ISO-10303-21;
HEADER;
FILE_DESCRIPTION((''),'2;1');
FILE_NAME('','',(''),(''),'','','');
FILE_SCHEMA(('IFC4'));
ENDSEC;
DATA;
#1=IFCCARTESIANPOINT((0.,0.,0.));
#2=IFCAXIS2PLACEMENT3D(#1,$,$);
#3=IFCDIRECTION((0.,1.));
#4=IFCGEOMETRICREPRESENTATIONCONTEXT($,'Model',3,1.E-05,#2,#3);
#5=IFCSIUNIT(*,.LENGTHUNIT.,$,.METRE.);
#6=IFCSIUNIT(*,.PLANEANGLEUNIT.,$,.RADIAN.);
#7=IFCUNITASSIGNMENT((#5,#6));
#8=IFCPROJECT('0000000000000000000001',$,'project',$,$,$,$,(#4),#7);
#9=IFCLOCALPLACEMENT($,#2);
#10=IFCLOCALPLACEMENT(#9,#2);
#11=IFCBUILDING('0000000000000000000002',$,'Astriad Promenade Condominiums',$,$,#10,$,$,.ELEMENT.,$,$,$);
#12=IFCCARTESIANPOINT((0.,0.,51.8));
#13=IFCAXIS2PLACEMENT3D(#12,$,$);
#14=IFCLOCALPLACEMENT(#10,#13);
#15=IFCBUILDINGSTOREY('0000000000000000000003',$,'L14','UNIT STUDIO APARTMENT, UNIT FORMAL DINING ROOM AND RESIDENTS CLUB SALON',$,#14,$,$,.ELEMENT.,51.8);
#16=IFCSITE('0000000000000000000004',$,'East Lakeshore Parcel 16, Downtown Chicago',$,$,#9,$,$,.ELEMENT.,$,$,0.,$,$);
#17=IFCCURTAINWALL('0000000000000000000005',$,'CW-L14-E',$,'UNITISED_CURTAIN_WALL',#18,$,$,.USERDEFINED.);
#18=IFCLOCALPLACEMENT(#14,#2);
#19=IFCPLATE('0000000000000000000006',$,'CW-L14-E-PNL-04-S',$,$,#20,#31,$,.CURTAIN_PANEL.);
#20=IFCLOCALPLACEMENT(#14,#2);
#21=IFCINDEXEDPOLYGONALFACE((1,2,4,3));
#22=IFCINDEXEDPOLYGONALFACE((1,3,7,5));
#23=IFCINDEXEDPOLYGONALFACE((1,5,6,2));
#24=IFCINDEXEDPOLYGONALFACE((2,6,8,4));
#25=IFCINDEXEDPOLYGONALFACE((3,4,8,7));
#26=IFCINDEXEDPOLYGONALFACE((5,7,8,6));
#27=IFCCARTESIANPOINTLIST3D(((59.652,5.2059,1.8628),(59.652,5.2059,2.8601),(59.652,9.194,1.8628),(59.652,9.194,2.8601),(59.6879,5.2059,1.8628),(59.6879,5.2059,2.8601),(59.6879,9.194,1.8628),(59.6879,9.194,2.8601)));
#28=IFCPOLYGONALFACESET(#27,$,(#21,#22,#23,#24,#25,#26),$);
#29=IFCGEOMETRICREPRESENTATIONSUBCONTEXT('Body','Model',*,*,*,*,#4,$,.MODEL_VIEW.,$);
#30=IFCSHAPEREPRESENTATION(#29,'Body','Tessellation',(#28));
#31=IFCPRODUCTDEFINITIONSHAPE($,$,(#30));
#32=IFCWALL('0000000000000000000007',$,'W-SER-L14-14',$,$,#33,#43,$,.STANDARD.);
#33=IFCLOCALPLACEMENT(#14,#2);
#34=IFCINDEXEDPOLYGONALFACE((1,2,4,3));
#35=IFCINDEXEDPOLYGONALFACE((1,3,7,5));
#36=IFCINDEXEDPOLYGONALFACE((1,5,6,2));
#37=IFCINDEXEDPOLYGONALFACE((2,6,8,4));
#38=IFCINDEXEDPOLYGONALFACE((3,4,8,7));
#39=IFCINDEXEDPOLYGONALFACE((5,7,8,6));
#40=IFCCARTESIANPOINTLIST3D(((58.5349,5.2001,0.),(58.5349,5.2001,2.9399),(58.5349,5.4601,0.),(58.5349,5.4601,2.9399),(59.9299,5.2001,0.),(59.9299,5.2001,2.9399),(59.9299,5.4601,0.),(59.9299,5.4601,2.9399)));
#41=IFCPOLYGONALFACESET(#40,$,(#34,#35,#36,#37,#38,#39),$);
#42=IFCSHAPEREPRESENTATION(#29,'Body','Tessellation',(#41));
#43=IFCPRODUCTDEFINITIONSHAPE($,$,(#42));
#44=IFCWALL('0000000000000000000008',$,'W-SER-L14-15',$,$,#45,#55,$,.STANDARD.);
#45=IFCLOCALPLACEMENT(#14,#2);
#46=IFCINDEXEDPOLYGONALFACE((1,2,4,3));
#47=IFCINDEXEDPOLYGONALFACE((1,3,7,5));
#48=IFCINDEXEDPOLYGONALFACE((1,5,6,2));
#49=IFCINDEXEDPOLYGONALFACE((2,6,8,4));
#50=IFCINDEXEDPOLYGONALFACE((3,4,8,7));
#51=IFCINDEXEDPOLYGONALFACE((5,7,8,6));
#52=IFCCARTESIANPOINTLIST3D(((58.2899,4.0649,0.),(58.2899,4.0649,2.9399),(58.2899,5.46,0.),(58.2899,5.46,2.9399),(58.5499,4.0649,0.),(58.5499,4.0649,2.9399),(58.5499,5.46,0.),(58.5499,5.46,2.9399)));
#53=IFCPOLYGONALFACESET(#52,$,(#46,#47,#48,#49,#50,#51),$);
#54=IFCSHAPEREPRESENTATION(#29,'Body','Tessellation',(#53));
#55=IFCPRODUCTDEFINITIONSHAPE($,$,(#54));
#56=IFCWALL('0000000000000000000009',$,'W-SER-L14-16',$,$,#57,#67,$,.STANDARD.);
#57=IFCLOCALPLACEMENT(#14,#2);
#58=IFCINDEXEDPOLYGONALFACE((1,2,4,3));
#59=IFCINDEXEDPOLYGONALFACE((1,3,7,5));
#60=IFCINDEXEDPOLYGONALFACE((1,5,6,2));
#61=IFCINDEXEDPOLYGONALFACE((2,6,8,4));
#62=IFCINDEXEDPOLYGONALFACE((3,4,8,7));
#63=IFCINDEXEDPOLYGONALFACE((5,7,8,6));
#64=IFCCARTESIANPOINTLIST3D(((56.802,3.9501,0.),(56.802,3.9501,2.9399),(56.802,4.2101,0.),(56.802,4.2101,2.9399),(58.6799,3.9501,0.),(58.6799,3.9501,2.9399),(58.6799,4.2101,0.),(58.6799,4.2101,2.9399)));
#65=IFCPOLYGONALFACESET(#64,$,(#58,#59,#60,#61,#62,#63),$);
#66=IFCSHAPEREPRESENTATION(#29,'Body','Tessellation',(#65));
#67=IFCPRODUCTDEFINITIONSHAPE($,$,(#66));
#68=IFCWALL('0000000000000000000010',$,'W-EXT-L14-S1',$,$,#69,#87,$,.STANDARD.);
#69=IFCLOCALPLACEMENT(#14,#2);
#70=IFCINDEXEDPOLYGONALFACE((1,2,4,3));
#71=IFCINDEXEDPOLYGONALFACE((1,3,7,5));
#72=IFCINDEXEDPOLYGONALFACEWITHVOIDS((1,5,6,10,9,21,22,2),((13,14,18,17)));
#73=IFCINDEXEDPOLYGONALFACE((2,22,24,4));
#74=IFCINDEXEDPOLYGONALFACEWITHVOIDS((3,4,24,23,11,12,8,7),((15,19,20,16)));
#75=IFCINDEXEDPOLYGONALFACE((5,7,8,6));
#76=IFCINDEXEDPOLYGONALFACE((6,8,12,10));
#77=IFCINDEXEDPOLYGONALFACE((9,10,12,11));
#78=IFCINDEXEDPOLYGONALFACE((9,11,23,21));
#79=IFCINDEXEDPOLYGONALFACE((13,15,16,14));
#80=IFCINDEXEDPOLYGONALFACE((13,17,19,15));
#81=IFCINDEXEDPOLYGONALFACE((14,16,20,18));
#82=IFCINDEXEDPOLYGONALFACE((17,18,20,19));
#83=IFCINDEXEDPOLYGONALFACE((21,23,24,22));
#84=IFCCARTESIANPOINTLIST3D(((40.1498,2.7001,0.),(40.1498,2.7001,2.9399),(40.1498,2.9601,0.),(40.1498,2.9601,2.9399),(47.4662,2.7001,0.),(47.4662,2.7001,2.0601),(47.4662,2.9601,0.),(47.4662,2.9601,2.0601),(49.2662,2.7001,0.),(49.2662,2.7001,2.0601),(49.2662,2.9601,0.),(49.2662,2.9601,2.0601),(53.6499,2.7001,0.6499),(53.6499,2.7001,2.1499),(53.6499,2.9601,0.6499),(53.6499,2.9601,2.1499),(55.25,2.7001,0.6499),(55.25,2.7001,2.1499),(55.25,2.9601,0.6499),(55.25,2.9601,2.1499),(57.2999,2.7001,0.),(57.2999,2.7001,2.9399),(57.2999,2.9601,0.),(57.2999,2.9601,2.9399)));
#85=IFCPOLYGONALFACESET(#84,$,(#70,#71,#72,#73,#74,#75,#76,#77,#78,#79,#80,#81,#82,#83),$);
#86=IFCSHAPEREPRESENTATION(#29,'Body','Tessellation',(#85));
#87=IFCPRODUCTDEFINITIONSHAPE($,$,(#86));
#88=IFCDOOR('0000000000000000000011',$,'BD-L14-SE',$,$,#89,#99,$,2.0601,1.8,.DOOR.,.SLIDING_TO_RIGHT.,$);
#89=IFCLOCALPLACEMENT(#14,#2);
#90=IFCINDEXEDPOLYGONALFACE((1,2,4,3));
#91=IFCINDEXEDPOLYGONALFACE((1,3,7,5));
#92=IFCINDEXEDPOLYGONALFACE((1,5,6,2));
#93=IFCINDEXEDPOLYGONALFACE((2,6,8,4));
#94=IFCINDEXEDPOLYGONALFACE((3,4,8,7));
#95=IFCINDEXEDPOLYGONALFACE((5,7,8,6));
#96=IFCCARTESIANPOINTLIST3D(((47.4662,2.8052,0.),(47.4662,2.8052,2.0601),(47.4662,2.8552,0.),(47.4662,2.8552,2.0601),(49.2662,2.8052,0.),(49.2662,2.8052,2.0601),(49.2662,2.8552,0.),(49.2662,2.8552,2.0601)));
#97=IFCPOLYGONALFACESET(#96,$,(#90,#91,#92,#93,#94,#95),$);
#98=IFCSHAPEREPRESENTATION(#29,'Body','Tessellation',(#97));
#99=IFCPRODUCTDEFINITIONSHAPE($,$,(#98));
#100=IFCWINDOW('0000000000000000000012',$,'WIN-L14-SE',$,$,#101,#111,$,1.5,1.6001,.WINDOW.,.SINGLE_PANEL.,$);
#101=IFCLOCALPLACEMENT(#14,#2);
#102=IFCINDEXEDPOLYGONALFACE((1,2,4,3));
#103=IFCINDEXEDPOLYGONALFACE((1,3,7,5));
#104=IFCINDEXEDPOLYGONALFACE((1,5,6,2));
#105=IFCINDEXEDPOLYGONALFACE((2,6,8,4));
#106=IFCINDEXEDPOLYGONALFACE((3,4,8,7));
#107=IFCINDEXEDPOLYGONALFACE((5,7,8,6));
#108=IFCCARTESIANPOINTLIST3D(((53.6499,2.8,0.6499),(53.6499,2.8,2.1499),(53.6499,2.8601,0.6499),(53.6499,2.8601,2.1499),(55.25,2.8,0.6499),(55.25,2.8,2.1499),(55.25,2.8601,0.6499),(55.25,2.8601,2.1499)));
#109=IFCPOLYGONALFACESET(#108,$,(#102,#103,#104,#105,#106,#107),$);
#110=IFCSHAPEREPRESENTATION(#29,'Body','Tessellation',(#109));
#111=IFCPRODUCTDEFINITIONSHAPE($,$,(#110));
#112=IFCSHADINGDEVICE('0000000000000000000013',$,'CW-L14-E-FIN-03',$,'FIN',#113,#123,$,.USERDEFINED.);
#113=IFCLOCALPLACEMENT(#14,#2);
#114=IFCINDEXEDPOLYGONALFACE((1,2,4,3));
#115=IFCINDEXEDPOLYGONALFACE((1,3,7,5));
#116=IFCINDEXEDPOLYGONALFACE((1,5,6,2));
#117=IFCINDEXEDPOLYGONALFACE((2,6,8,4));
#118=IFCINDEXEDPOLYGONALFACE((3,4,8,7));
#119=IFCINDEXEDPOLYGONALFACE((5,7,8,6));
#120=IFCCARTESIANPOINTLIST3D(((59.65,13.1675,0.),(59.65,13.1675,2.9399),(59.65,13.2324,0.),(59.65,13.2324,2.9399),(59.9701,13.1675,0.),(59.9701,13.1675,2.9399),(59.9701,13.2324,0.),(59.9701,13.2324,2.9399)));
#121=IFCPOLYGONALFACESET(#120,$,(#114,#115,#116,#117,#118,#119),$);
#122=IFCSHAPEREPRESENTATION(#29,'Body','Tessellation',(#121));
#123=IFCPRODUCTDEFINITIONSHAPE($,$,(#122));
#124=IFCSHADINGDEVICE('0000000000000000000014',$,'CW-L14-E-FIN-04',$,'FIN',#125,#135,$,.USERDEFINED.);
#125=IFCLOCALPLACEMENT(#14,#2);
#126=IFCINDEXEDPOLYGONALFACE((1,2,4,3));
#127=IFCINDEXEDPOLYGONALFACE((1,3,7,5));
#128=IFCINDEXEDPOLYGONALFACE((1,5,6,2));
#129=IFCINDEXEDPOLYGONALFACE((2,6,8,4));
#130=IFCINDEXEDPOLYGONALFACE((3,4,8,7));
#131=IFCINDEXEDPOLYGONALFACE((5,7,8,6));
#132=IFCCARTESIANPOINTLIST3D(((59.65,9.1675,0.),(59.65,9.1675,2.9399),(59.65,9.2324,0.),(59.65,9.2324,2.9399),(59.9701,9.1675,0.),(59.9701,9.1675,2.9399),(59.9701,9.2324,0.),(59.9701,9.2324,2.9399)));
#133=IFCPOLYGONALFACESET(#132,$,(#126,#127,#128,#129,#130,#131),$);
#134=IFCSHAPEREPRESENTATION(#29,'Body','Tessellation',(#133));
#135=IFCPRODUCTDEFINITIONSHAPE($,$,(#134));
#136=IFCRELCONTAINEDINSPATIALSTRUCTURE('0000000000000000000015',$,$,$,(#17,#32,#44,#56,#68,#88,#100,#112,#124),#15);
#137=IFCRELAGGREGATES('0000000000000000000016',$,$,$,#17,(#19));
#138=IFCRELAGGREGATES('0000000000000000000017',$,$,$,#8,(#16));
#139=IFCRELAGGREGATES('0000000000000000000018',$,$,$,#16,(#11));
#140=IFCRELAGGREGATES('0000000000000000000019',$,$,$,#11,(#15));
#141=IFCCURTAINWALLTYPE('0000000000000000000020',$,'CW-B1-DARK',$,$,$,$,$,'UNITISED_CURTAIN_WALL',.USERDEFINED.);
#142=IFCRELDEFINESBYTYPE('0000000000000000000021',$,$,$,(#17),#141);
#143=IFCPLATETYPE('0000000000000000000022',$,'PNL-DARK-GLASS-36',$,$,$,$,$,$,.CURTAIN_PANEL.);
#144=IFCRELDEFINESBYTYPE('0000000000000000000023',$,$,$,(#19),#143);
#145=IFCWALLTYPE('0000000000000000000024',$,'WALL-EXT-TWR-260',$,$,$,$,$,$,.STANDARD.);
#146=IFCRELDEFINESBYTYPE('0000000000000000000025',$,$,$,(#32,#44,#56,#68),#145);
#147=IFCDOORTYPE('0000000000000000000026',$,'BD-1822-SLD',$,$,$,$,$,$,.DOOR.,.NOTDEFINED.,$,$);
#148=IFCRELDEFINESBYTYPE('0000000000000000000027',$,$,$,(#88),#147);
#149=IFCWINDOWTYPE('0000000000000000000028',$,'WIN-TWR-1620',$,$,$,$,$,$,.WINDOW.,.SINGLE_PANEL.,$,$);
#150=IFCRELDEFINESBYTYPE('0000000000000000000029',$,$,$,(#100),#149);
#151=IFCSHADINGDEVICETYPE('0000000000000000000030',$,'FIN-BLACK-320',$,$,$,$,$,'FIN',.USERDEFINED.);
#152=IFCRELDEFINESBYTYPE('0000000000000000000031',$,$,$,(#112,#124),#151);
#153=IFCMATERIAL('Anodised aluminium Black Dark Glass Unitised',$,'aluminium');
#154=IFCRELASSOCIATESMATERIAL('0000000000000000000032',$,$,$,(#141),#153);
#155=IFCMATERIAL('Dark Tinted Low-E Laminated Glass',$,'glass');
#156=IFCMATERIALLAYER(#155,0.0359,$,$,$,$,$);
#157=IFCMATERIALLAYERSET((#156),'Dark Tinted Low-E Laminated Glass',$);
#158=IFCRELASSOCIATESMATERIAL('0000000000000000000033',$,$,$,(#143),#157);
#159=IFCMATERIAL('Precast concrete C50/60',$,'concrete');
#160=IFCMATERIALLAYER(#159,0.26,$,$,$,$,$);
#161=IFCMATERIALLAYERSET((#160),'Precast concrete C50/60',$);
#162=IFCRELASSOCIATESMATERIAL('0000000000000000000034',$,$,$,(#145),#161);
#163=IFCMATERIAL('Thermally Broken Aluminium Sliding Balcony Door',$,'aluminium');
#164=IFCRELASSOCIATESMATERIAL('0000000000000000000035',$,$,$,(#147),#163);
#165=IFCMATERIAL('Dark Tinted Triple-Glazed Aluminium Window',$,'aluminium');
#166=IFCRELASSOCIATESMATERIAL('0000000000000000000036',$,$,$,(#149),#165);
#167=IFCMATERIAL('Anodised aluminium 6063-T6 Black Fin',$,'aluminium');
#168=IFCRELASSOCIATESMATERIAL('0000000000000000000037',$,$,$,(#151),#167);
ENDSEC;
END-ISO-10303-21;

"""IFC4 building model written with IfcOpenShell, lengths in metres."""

from ifc_helpers import new_model, si_unit, direction, frame, frame_2d, origin, origin_2d, place, context, subcontext, project, spatial, rectangle, extrude, source, transform, mapped, material, layer, layer_set, type_object, type_shapes, element, fill, aggregate, save


model = new_model("IFC4")

# Units and contexts
model_context = context("Model", 3, precision=1e-05, world=origin(), true_north=direction((0.0, 1.0)))
body_context = subcontext(model_context, "Body", "Model", "MODEL_VIEW")
ifc_project = project(units=[si_unit("LENGTHUNIT", "METRE"), si_unit("PLANEANGLEUNIT", "RADIAN")], contexts=[model_context])

# Site, building, storey
site_placement = place(None, origin())
site = spatial("IfcSite", under=ifc_project, at=site_placement, Name="East Lakeshore Parcel 16, Downtown Chicago", CompositionType="ELEMENT", RefElevation=0.0)
building_placement = place(site_placement, origin())
building = spatial("IfcBuilding", under=site, at=building_placement, Name="Astriad Promenade Condominiums", CompositionType="ELEMENT")
storey_placement = place(building_placement, frame((0.0, 0.0, 51.8)))
storey = spatial("IfcBuildingStorey", under=building, at=storey_placement, Name="L14", Description="UNIT STUDIO APARTMENT, UNIT FORMAL DINING ROOM AND RESIDENTS CLUB SALON", CompositionType="ELEMENT", Elevation=51.8)

# Curtain wall, plate
ifc_material_1 = material(Name="Anodised aluminium Black Dark Glass Unitised", Category="aluminium")
curtain_wall_type = type_object("IfcCurtainWallType", Name="CW-B1-DARK", ElementType="UNITISED_CURTAIN_WALL", PredefinedType="USERDEFINED", material=ifc_material_1)
curtain_wall_placement = place(storey_placement, origin())
curtain_wall = element("IfcCurtainWall", 1, at=curtain_wall_placement, inside=storey, type_object=curtain_wall_type, Name="CW-L14-E", ObjectType="UNITISED_CURTAIN_WALL", PredefinedType="USERDEFINED")
ifc_material_2 = material(Name="Dark Tinted Low-E Laminated Glass", Category="glass")
ifc_layer_1 = layer(ifc_material_2, 0.0359)
ifc_layer_set_1 = layer_set([ifc_layer_1], Name="Dark Tinted Low-E Laminated Glass")
plate_type = type_object("IfcPlateType", Name="PNL-DARK-GLASS-36", PredefinedType="CURTAIN_PANEL", material=ifc_layer_set_1)
shared_shape_1 = source(origin(), body_context, "Body", "SweptSolid", [
    extrude(rectangle(XDim=3.988, YDim=0.0359, at=origin_2d()), origin(), (0.0, 0.0, 1.0), 0.9973),
])
plate_1_placement = place(storey_placement, frame((59.6699, 7.2, 1.8628), z_axis=(0.0, 0.0, 1.0), x_axis=(0.0, -1.0, 0.0)))
plate_1 = element("IfcPlate", 2, at=plate_1_placement, type_object=plate_type, Name="CW-L14-E-PNL-04-S", PredefinedType="CURTAIN_PANEL", context=body_context, shape_type="MappedRepresentation", body=[
    mapped(shared_shape_1, transform((0.0, 0.0, 0.0), scale=1.0)),
])
aggregate(curtain_wall, [plate_1])

# Walls
ifc_material_3 = material(Name="Precast concrete C50/60", Category="concrete")
ifc_layer_2 = layer(ifc_material_3, 0.26)
ifc_layer_set_2 = layer_set([ifc_layer_2], Name="Precast concrete C50/60")
wall_type = type_object("IfcWallType", Name="WALL-EXT-TWR-260", PredefinedType="STANDARD", material=ifc_layer_set_2)
for number, where, z_axis, x_axis, name in (
    (3, (59.9299, 5.3301, 0.0), (0.0, 0.0, 1.0), (-1.0, 0.0, 0.0), "W-SER-L14-14"),
    (4, (58.4199, 5.46, 0.0), (0.0, 0.0, 1.0), (0.0, -1.0, 0.0), "W-SER-L14-15"),
):
    element("IfcWall", number, at=place(storey_placement, frame(where, z_axis=z_axis, x_axis=x_axis)), inside=storey, type_object=wall_type, Name=name, PredefinedType="STANDARD", context=body_context, shape_type="SweptSolid", body=[
        extrude(rectangle(XDim=1.395, YDim=0.26, at=frame_2d((0.6975, 0.0))), origin(), (0.0, 0.0, 1.0), 2.9399),
    ])
wall_1_placement = place(storey_placement, frame((58.6799, 4.0801, 0.0), z_axis=(0.0, 0.0, 1.0), x_axis=(-1.0, 0.0, 0.0)))
element("IfcWall", 5, at=wall_1_placement, inside=storey, type_object=wall_type, Name="W-SER-L14-16", PredefinedType="STANDARD", context=body_context, shape_type="SweptSolid", body=[
    extrude(rectangle(XDim=1.8779, YDim=0.26, at=frame_2d((0.939, 0.0))), origin(), (0.0, 0.0, 1.0), 2.9399),
])

# Wall, openings, door, window
wall_2_placement = place(storey_placement, frame((57.3, 2.8301, 0.0), z_axis=(0.0, 0.0, 1.0), x_axis=(-1.0, 0.0, 0.0)))
wall_2 = element("IfcWall", 6, at=wall_2_placement, inside=storey, type_object=wall_type, Name="W-EXT-L14-S1", PredefinedType="STANDARD", context=body_context, shape_type="SweptSolid", body=[
    extrude(rectangle(XDim=17.1501, YDim=0.26, at=frame_2d((8.5752, 0.0))), origin(), (0.0, 0.0, 1.0), 2.9399),
])
opening_1_placement = place(wall_2_placement, frame((8.0339, 0.0, 0.0)))
opening_1 = element("IfcOpeningElement", 7, at=opening_1_placement, cuts=wall_2, PredefinedType="OPENING", context=body_context, shape_type="SweptSolid", body=[
    extrude(rectangle(XDim=1.8, YDim=2.0601, at=frame_2d((0.8999, 1.03))), frame((0.0, 0.1399, 0.0), z_axis=(0.0, -1.0, 0.0), x_axis=(1.0, 0.0, 0.0)), (0.0, 0.0, 1.0), 0.28),
])
opening_2_placement = place(wall_2_placement, frame((2.05, 0.0, 0.6499)))
opening_2 = element("IfcOpeningElement", 8, at=opening_2_placement, cuts=wall_2, PredefinedType="OPENING", context=body_context, shape_type="SweptSolid", body=[
    extrude(rectangle(XDim=1.6001, YDim=1.5, at=frame_2d((0.8, 0.75))), frame((0.0, 0.1399, 0.0), z_axis=(0.0, -1.0, 0.0), x_axis=(1.0, 0.0, 0.0)), (0.0, 0.0, 1.0), 0.28),
])
ifc_material_4 = material(Name="Thermally Broken Aluminium Sliding Balcony Door", Category="aluminium")
door_type = type_object("IfcDoorType", Name="BD-1822-SLD", OperationType="NOTDEFINED", PredefinedType="DOOR", material=ifc_material_4)
shared_shape_2 = source(origin(), body_context, "Body", "SweptSolid", [
    extrude(rectangle(XDim=1.8, YDim=2.0601, at=frame_2d((0.8999, 1.03))), frame((0.0, 0.0249, 0.0), z_axis=(0.0, -1.0, 0.0), x_axis=(1.0, 0.0, 0.0)), (0.0, 0.0, 1.0), 0.05),
])
type_shapes(door_type, [shared_shape_2])
door_placement = place(opening_1_placement, origin())
door = element("IfcDoor", 9, at=door_placement, inside=storey, type_object=door_type, Name="BD-L14-SE", OperationType="SLIDING_TO_RIGHT", OverallHeight=2.0601, OverallWidth=1.8, PredefinedType="DOOR", context=body_context, shape_type="MappedRepresentation", body=[
    mapped(shared_shape_2, transform((0.0, 0.0, 0.0), scale=1.0)),
])
fill(opening_1, door)
ifc_material_5 = material(Name="Dark Tinted Triple-Glazed Aluminium Window", Category="aluminium")
window_type = type_object("IfcWindowType", Name="WIN-TWR-1620", PartitioningType="SINGLE_PANEL", PredefinedType="WINDOW", material=ifc_material_5)
shared_shape_3 = source(origin(), body_context, "Body", "SweptSolid", [
    extrude(rectangle(XDim=1.6001, YDim=1.5, at=frame_2d((0.8, 0.75))), frame((0.0, 0.03, 0.0), z_axis=(0.0, -1.0, 0.0), x_axis=(1.0, 0.0, 0.0)), (0.0, 0.0, 1.0), 0.0601),
])
type_shapes(window_type, [shared_shape_3])
window_placement = place(opening_2_placement, origin())
window = element("IfcWindow", 10, at=window_placement, inside=storey, type_object=window_type, Name="WIN-L14-SE", OverallHeight=1.5, OverallWidth=1.6001, PartitioningType="SINGLE_PANEL", PredefinedType="WINDOW", context=body_context, shape_type="MappedRepresentation", body=[
    mapped(shared_shape_3, transform((0.0, 0.0, 0.0), scale=1.0)),
])
fill(opening_2, window)

# Shading devices
ifc_material_6 = material(Name="Anodised aluminium 6063-T6 Black Fin", Category="aluminium")
shading_device_type = type_object("IfcShadingDeviceType", Name="FIN-BLACK-320", ElementType="FIN", PredefinedType="USERDEFINED", material=ifc_material_6)
shared_shape_4 = source(origin(), body_context, "Body", "SweptSolid", [
    extrude(rectangle(XDim=0.0649, YDim=0.3201, at=origin_2d()), origin(), (0.0, 0.0, 1.0), 2.9399),
])
type_shapes(shading_device_type, [shared_shape_4])
for number, where, z_axis, x_axis, name in (
    (11, (59.8101, 13.2, 0.0), (0.0, 0.0, 1.0), (0.0, -1.0, 0.0), "CW-L14-E-FIN-03"),
    (12, (59.8101, 9.2, 0.0), (0.0, 0.0, 1.0), (0.0, -1.0, 0.0), "CW-L14-E-FIN-04"),
):
    element("IfcShadingDevice", number, at=place(storey_placement, frame(where, z_axis=z_axis, x_axis=x_axis)), inside=storey, type_object=shading_device_type, Name=name, ObjectType="FIN", PredefinedType="USERDEFINED", context=body_context, shape_type="MappedRepresentation", body=[
        mapped(shared_shape_4, transform((0.0, 0.0, 0.0), scale=1.0)),
    ])

save(model, "model.ifc")
